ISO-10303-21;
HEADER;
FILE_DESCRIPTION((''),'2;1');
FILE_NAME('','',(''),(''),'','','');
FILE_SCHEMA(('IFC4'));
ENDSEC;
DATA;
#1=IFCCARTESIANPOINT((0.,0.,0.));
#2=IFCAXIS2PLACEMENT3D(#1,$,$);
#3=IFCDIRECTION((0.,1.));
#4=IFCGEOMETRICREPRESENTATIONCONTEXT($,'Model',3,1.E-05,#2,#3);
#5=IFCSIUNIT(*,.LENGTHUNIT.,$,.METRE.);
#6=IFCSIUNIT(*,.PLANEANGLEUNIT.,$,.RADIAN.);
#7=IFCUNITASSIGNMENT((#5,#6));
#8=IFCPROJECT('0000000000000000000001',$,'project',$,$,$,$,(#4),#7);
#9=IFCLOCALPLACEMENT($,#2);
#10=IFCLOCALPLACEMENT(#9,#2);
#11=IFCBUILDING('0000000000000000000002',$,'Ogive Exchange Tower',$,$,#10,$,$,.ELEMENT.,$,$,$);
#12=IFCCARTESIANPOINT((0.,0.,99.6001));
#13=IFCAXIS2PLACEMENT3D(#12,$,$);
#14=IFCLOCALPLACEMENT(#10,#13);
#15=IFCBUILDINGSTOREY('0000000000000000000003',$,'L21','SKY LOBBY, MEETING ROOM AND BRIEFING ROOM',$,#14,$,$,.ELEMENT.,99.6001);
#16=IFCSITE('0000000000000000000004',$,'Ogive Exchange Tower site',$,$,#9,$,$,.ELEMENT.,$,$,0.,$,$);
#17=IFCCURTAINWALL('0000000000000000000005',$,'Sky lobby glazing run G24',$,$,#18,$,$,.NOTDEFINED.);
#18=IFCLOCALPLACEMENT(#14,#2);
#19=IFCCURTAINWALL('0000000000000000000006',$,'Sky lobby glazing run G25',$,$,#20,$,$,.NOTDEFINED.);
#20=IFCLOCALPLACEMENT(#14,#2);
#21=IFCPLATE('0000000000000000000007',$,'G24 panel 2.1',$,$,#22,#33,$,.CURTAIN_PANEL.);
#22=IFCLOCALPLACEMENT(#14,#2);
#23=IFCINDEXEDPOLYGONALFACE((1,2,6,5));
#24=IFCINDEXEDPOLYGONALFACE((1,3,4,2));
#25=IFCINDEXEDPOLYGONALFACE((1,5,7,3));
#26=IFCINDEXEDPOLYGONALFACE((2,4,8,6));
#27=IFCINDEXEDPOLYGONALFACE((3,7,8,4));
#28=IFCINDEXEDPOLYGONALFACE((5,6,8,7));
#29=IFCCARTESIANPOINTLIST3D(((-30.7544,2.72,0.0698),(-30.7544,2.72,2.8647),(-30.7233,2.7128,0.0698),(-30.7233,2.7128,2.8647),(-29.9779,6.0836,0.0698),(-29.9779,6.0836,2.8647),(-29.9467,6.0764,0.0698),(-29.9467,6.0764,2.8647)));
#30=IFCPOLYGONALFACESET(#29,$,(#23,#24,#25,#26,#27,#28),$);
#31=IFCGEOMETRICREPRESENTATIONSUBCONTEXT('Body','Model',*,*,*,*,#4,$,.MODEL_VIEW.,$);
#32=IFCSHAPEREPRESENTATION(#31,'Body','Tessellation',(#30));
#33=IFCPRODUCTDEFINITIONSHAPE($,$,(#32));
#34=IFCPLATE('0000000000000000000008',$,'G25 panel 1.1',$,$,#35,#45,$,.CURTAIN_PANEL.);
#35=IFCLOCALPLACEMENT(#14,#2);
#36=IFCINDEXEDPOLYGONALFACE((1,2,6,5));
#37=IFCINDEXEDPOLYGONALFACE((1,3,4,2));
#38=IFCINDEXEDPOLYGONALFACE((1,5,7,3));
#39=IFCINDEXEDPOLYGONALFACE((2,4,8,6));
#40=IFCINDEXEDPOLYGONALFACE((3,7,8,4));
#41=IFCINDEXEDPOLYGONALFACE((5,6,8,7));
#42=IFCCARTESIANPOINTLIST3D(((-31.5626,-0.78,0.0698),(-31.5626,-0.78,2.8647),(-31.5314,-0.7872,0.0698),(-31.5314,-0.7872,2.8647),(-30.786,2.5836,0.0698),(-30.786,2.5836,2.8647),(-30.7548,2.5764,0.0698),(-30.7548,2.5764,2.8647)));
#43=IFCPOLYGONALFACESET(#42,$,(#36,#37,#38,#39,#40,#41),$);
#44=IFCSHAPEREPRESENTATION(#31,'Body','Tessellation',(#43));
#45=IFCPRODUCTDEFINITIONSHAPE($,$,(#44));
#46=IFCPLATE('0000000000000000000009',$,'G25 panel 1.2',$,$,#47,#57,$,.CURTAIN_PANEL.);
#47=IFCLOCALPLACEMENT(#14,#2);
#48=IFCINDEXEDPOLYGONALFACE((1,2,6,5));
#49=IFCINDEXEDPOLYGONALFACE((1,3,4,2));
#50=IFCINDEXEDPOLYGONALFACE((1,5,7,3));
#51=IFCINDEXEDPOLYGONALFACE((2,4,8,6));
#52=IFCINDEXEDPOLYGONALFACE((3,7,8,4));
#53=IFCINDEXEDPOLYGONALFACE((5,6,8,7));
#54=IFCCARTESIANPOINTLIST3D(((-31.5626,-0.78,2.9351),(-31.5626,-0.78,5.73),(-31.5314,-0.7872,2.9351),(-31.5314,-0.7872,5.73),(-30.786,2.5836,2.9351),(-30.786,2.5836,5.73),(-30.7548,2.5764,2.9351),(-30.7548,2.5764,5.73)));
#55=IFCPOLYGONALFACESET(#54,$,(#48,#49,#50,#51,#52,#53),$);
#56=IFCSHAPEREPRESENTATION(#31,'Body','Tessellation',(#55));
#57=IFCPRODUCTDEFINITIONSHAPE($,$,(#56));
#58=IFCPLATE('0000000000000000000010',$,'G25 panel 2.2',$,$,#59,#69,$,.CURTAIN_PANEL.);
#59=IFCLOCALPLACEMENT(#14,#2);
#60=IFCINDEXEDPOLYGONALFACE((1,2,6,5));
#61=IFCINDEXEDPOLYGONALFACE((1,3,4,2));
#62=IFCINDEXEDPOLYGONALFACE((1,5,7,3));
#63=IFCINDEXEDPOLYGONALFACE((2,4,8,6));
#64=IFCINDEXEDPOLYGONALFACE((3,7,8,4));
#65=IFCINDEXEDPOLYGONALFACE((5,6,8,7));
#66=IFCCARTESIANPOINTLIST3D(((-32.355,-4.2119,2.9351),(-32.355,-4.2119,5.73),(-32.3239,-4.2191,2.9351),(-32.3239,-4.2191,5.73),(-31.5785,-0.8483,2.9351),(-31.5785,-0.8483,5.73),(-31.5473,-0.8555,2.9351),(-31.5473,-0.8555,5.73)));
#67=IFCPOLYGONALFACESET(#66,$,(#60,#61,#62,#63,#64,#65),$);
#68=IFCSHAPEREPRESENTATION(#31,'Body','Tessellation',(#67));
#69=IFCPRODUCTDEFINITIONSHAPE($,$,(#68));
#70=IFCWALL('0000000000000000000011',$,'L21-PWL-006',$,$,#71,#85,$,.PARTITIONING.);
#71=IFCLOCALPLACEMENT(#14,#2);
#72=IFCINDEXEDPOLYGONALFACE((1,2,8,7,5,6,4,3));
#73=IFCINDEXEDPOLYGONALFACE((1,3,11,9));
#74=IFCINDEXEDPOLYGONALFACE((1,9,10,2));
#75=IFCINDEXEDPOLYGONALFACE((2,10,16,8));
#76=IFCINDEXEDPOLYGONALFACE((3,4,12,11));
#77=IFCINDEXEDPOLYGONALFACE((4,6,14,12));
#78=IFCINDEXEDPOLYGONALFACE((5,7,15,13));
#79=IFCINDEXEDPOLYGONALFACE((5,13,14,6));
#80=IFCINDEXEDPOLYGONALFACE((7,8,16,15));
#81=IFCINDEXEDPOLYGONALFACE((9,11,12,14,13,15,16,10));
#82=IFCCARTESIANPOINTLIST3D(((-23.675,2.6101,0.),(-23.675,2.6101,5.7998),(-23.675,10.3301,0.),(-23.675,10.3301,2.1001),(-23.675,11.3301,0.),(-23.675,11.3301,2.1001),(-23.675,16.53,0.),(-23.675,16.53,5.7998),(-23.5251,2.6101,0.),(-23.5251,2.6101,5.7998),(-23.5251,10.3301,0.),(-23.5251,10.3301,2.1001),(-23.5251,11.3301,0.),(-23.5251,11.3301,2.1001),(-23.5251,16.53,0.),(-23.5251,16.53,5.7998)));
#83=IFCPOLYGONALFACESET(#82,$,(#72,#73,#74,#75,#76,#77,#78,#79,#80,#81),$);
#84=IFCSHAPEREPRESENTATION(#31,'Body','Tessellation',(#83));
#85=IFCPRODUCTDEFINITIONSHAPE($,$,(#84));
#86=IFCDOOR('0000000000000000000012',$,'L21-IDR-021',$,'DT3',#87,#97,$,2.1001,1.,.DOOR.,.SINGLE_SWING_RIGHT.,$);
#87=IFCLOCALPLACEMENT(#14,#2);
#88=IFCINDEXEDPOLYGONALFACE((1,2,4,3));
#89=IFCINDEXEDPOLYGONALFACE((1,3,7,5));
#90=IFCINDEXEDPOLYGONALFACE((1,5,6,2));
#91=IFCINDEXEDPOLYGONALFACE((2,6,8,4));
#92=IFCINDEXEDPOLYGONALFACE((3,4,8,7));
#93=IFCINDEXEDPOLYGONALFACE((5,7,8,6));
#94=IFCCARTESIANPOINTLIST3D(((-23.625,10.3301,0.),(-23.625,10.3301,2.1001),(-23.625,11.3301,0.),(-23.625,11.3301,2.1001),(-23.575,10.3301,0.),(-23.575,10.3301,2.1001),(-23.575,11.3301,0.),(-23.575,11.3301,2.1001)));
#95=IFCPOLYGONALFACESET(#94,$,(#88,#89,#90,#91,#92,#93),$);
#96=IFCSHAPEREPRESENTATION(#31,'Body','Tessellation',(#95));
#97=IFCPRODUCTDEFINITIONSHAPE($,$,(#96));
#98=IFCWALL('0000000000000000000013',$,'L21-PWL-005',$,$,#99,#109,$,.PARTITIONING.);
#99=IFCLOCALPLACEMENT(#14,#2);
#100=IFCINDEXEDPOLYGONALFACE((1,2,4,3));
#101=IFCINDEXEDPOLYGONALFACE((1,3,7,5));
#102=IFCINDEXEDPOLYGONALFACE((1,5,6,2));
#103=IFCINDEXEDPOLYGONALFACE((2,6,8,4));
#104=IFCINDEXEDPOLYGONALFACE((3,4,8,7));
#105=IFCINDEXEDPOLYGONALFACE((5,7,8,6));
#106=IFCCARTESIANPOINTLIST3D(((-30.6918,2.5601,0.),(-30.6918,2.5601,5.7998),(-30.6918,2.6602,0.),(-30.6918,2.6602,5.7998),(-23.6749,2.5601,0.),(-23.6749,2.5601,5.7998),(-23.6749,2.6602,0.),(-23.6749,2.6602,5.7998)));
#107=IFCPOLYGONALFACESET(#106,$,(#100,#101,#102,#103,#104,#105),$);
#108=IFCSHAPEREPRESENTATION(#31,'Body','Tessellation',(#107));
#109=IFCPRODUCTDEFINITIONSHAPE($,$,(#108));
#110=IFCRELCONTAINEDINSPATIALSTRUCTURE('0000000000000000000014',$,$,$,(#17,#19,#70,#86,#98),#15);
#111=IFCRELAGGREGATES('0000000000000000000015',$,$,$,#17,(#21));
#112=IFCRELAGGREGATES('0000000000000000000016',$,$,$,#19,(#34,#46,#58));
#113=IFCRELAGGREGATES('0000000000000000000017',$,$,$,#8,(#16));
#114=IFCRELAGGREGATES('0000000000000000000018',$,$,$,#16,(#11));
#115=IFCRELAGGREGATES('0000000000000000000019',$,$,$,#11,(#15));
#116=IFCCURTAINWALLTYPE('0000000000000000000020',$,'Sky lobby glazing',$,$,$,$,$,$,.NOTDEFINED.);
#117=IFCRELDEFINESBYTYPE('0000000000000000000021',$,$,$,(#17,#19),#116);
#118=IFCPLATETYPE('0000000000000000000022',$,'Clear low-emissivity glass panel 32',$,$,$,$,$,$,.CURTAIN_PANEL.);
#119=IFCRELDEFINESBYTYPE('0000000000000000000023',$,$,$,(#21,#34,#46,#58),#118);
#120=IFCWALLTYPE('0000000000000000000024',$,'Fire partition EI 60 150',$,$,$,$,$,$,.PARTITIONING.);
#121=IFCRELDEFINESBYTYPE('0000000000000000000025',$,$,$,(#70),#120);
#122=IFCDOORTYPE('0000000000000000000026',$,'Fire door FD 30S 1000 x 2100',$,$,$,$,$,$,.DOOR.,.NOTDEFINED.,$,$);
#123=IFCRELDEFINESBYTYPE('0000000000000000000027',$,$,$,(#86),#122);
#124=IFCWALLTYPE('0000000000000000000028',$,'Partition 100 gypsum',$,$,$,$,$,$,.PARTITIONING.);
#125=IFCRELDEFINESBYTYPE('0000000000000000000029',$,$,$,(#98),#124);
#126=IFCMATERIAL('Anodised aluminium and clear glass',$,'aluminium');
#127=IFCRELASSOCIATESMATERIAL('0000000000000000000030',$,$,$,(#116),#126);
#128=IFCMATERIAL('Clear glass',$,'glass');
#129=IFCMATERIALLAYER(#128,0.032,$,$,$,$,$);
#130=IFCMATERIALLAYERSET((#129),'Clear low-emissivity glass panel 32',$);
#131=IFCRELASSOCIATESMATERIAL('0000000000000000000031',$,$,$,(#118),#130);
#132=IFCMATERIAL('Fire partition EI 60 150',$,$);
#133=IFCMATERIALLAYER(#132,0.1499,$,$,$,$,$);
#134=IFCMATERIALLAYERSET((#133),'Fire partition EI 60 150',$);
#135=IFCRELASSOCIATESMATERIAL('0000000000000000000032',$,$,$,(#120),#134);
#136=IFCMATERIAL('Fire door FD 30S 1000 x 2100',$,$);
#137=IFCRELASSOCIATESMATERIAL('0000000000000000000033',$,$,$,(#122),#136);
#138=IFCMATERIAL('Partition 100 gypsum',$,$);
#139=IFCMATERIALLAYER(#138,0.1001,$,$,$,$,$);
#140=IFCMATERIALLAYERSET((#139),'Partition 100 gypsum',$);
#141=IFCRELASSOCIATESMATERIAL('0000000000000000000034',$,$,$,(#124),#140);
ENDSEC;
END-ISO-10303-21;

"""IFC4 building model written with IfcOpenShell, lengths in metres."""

from ifc_helpers import new_model, si_unit, direction, frame, frame_2d, origin, origin_2d, place, context, subcontext, project, spatial, rectangle, extrude, material, layer, layer_set, type_object, element, fill, aggregate, save


model = new_model("IFC4")

# Units and contexts
model_context = context("Model", 3, precision=1e-05, world=origin(), true_north=direction((0.0, 1.0)))
body_context = subcontext(model_context, "Body", "Model", "MODEL_VIEW")
ifc_project = project(units=[si_unit("LENGTHUNIT", "METRE"), si_unit("PLANEANGLEUNIT", "RADIAN")], contexts=[model_context])

# Site, building, storey
site_placement = place(None, origin())
site = spatial("IfcSite", under=ifc_project, at=site_placement, Name="Ogive Exchange Tower site", CompositionType="ELEMENT", RefElevation=0.0)
building_placement = place(site_placement, origin())
building = spatial("IfcBuilding", under=site, at=building_placement, Name="Ogive Exchange Tower", CompositionType="ELEMENT")
storey_placement = place(building_placement, frame((0.0, 0.0, 99.6001)))
storey = spatial("IfcBuildingStorey", under=building, at=storey_placement, Name="L21", Description="SKY LOBBY, MEETING ROOM AND BRIEFING ROOM", CompositionType="ELEMENT", Elevation=99.6001)

# Curtain wall
ifc_material_1 = material(Name="Anodised aluminium and clear glass", Category="aluminium")
curtain_wall_type = type_object("IfcCurtainWallType", Name="Sky lobby glazing", PredefinedType="NOTDEFINED", material=ifc_material_1)
curtain_wall_1_placement = place(storey_placement, origin())
curtain_wall_1 = element("IfcCurtainWall", 1, at=curtain_wall_1_placement, inside=storey, type_object=curtain_wall_type, Name="Sky lobby glazing run G24", PredefinedType="NOTDEFINED")

# Curtain wall
curtain_wall_2_placement = place(storey_placement, origin())
curtain_wall_2 = element("IfcCurtainWall", 2, at=curtain_wall_2_placement, inside=storey, type_object=curtain_wall_type, Name="Sky lobby glazing run G25", PredefinedType="NOTDEFINED")

# Plates
ifc_material_2 = material(Name="Clear glass", Category="glass")
ifc_layer_1 = layer(ifc_material_2, 0.032)
ifc_layer_set_1 = layer_set([ifc_layer_1], Name="Clear low-emissivity glass panel 32")
plate_type = type_object("IfcPlateType", Name="Clear low-emissivity glass panel 32", PredefinedType="CURTAIN_PANEL", material=ifc_layer_set_1)
plate_1_placement = place(storey_placement, frame((-30.3506, 4.3982, 0.0698), z_axis=(0.0, 0.0, 1.0), x_axis=(-0.224944, -0.974372, 0.0)))
plate_1 = element("IfcPlate", 3, at=plate_1_placement, type_object=plate_type, Name="G24 panel 2.1", PredefinedType="CURTAIN_PANEL", context=body_context, shape_type="SweptSolid", body=[
    extrude(rectangle(XDim=3.4521, YDim=0.032, at=origin_2d()), origin(), (0.0, 0.0, 1.0), 2.7949),
])
aggregate(curtain_wall_1, [plate_1])
plate_2_placement = place(storey_placement, frame((-31.1587, 0.8982, 0.0698), z_axis=(0.0, 0.0, 1.0), x_axis=(-0.224954, -0.974369, 0.0)))
plate_2 = element("IfcPlate", 4, at=plate_2_placement, type_object=plate_type, Name="G25 panel 1.1", PredefinedType="CURTAIN_PANEL", context=body_context, shape_type="SweptSolid", body=[
    extrude(rectangle(XDim=3.4521, YDim=0.032, at=origin_2d()), origin(), (0.0, 0.0, 1.0), 2.7949),
])
plate_3_placement = place(storey_placement, frame((-31.1587, 0.8982, 2.9351), z_axis=(0.0, 0.0, 1.0), x_axis=(-0.224954, -0.974369, 0.0)))
plate_3 = element("IfcPlate", 5, at=plate_3_placement, type_object=plate_type, Name="G25 panel 1.2", PredefinedType="CURTAIN_PANEL", context=body_context, shape_type="SweptSolid", body=[
    extrude(rectangle(XDim=3.4521, YDim=0.032, at=origin_2d()), origin(), (0.0, 0.0, 1.0), 2.7949),
])
plate_4_placement = place(storey_placement, frame((-31.9512, -2.5337, 2.9351), z_axis=(0.0, 0.0, 1.0), x_axis=(-0.224954, -0.974369, 0.0)))
plate_4 = element("IfcPlate", 6, at=plate_4_placement, type_object=plate_type, Name="G25 panel 2.2", PredefinedType="CURTAIN_PANEL", context=body_context, shape_type="SweptSolid", body=[
    extrude(rectangle(XDim=3.4521, YDim=0.032, at=origin_2d()), origin(), (0.0, 0.0, 1.0), 2.7949),
])
aggregate(curtain_wall_2, [plate_2, plate_3, plate_4])

# Wall, opening, door
ifc_material_3 = material(Name="Fire partition EI 60 150")
ifc_layer_2 = layer(ifc_material_3, 0.1499)
ifc_layer_set_2 = layer_set([ifc_layer_2], Name="Fire partition EI 60 150")
wall_type_1 = type_object("IfcWallType", Name="Fire partition EI 60 150", PredefinedType="PARTITIONING", material=ifc_layer_set_2)
wall_1_placement = place(storey_placement, frame((-23.6001, 2.6101, 0.0), z_axis=(0.0, 0.0, 1.0), x_axis=(0.0, 1.0, 0.0)))
wall_1 = element("IfcWall", 7, at=wall_1_placement, inside=storey, type_object=wall_type_1, Name="L21-PWL-006", PredefinedType="PARTITIONING", context=body_context, shape_type="SweptSolid", body=[
    extrude(rectangle(XDim=13.9199, YDim=0.1499, at=frame_2d((6.96, 0.0))), origin(), (0.0, 0.0, 1.0), 5.7998),
])
opening_placement = place(wall_1_placement, frame((7.72, 0.0, 0.0)))
opening = element("IfcOpeningElement", 8, at=opening_placement, cuts=wall_1, PredefinedType="OPENING", context=body_context, shape_type="SweptSolid", body=[
    extrude(rectangle(XDim=1.0, YDim=2.1001, at=frame_2d((0.5, 1.05))), frame((0.0, 0.085, 0.0), z_axis=(0.0, -1.0, 0.0), x_axis=(1.0, 0.0, 0.0)), (0.0, 0.0, 1.0), 0.1699),
])
ifc_material_4 = material(Name="Fire door FD 30S 1000 x 2100")
door_type = type_object("IfcDoorType", Name="Fire door FD 30S 1000 x 2100", OperationType="NOTDEFINED", PredefinedType="DOOR", material=ifc_material_4)
door_placement = place(opening_placement, origin())
door = element("IfcDoor", 9, at=door_placement, inside=storey, type_object=door_type, Name="L21-IDR-021", ObjectType="DT3", OperationType="SINGLE_SWING_RIGHT", OverallHeight=2.1001, OverallWidth=1.0, PredefinedType="DOOR", context=body_context, shape_type="SweptSolid", body=[
    extrude(rectangle(XDim=1.0, YDim=2.1001, at=frame_2d((0.5, 1.05))), frame((0.0, 0.0249, 0.0), z_axis=(0.0, -1.0, 0.0), x_axis=(1.0, 0.0, 0.0)), (0.0, 0.0, 1.0), 0.05),
])
fill(opening, door)

# Wall
ifc_material_5 = material(Name="Partition 100 gypsum")
ifc_layer_3 = layer(ifc_material_5, 0.1001)
ifc_layer_set_3 = layer_set([ifc_layer_3], Name="Partition 100 gypsum")
wall_type_2 = type_object("IfcWallType", Name="Partition 100 gypsum", PredefinedType="PARTITIONING", material=ifc_layer_set_3)
wall_2_placement = place(storey_placement, frame((-23.675, 2.6101, 0.0), z_axis=(0.0, 0.0, 1.0), x_axis=(-1.0, 0.0, 0.0)))
element("IfcWall", 10, at=wall_2_placement, inside=storey, type_object=wall_type_2, Name="L21-PWL-005", PredefinedType="PARTITIONING", context=body_context, shape_type="SweptSolid", body=[
    extrude(rectangle(XDim=7.0168, YDim=0.1001, at=frame_2d((3.5083, 0.0))), origin(), (0.0, 0.0, 1.0), 5.7998),
])

save(model, "model.ifc")
